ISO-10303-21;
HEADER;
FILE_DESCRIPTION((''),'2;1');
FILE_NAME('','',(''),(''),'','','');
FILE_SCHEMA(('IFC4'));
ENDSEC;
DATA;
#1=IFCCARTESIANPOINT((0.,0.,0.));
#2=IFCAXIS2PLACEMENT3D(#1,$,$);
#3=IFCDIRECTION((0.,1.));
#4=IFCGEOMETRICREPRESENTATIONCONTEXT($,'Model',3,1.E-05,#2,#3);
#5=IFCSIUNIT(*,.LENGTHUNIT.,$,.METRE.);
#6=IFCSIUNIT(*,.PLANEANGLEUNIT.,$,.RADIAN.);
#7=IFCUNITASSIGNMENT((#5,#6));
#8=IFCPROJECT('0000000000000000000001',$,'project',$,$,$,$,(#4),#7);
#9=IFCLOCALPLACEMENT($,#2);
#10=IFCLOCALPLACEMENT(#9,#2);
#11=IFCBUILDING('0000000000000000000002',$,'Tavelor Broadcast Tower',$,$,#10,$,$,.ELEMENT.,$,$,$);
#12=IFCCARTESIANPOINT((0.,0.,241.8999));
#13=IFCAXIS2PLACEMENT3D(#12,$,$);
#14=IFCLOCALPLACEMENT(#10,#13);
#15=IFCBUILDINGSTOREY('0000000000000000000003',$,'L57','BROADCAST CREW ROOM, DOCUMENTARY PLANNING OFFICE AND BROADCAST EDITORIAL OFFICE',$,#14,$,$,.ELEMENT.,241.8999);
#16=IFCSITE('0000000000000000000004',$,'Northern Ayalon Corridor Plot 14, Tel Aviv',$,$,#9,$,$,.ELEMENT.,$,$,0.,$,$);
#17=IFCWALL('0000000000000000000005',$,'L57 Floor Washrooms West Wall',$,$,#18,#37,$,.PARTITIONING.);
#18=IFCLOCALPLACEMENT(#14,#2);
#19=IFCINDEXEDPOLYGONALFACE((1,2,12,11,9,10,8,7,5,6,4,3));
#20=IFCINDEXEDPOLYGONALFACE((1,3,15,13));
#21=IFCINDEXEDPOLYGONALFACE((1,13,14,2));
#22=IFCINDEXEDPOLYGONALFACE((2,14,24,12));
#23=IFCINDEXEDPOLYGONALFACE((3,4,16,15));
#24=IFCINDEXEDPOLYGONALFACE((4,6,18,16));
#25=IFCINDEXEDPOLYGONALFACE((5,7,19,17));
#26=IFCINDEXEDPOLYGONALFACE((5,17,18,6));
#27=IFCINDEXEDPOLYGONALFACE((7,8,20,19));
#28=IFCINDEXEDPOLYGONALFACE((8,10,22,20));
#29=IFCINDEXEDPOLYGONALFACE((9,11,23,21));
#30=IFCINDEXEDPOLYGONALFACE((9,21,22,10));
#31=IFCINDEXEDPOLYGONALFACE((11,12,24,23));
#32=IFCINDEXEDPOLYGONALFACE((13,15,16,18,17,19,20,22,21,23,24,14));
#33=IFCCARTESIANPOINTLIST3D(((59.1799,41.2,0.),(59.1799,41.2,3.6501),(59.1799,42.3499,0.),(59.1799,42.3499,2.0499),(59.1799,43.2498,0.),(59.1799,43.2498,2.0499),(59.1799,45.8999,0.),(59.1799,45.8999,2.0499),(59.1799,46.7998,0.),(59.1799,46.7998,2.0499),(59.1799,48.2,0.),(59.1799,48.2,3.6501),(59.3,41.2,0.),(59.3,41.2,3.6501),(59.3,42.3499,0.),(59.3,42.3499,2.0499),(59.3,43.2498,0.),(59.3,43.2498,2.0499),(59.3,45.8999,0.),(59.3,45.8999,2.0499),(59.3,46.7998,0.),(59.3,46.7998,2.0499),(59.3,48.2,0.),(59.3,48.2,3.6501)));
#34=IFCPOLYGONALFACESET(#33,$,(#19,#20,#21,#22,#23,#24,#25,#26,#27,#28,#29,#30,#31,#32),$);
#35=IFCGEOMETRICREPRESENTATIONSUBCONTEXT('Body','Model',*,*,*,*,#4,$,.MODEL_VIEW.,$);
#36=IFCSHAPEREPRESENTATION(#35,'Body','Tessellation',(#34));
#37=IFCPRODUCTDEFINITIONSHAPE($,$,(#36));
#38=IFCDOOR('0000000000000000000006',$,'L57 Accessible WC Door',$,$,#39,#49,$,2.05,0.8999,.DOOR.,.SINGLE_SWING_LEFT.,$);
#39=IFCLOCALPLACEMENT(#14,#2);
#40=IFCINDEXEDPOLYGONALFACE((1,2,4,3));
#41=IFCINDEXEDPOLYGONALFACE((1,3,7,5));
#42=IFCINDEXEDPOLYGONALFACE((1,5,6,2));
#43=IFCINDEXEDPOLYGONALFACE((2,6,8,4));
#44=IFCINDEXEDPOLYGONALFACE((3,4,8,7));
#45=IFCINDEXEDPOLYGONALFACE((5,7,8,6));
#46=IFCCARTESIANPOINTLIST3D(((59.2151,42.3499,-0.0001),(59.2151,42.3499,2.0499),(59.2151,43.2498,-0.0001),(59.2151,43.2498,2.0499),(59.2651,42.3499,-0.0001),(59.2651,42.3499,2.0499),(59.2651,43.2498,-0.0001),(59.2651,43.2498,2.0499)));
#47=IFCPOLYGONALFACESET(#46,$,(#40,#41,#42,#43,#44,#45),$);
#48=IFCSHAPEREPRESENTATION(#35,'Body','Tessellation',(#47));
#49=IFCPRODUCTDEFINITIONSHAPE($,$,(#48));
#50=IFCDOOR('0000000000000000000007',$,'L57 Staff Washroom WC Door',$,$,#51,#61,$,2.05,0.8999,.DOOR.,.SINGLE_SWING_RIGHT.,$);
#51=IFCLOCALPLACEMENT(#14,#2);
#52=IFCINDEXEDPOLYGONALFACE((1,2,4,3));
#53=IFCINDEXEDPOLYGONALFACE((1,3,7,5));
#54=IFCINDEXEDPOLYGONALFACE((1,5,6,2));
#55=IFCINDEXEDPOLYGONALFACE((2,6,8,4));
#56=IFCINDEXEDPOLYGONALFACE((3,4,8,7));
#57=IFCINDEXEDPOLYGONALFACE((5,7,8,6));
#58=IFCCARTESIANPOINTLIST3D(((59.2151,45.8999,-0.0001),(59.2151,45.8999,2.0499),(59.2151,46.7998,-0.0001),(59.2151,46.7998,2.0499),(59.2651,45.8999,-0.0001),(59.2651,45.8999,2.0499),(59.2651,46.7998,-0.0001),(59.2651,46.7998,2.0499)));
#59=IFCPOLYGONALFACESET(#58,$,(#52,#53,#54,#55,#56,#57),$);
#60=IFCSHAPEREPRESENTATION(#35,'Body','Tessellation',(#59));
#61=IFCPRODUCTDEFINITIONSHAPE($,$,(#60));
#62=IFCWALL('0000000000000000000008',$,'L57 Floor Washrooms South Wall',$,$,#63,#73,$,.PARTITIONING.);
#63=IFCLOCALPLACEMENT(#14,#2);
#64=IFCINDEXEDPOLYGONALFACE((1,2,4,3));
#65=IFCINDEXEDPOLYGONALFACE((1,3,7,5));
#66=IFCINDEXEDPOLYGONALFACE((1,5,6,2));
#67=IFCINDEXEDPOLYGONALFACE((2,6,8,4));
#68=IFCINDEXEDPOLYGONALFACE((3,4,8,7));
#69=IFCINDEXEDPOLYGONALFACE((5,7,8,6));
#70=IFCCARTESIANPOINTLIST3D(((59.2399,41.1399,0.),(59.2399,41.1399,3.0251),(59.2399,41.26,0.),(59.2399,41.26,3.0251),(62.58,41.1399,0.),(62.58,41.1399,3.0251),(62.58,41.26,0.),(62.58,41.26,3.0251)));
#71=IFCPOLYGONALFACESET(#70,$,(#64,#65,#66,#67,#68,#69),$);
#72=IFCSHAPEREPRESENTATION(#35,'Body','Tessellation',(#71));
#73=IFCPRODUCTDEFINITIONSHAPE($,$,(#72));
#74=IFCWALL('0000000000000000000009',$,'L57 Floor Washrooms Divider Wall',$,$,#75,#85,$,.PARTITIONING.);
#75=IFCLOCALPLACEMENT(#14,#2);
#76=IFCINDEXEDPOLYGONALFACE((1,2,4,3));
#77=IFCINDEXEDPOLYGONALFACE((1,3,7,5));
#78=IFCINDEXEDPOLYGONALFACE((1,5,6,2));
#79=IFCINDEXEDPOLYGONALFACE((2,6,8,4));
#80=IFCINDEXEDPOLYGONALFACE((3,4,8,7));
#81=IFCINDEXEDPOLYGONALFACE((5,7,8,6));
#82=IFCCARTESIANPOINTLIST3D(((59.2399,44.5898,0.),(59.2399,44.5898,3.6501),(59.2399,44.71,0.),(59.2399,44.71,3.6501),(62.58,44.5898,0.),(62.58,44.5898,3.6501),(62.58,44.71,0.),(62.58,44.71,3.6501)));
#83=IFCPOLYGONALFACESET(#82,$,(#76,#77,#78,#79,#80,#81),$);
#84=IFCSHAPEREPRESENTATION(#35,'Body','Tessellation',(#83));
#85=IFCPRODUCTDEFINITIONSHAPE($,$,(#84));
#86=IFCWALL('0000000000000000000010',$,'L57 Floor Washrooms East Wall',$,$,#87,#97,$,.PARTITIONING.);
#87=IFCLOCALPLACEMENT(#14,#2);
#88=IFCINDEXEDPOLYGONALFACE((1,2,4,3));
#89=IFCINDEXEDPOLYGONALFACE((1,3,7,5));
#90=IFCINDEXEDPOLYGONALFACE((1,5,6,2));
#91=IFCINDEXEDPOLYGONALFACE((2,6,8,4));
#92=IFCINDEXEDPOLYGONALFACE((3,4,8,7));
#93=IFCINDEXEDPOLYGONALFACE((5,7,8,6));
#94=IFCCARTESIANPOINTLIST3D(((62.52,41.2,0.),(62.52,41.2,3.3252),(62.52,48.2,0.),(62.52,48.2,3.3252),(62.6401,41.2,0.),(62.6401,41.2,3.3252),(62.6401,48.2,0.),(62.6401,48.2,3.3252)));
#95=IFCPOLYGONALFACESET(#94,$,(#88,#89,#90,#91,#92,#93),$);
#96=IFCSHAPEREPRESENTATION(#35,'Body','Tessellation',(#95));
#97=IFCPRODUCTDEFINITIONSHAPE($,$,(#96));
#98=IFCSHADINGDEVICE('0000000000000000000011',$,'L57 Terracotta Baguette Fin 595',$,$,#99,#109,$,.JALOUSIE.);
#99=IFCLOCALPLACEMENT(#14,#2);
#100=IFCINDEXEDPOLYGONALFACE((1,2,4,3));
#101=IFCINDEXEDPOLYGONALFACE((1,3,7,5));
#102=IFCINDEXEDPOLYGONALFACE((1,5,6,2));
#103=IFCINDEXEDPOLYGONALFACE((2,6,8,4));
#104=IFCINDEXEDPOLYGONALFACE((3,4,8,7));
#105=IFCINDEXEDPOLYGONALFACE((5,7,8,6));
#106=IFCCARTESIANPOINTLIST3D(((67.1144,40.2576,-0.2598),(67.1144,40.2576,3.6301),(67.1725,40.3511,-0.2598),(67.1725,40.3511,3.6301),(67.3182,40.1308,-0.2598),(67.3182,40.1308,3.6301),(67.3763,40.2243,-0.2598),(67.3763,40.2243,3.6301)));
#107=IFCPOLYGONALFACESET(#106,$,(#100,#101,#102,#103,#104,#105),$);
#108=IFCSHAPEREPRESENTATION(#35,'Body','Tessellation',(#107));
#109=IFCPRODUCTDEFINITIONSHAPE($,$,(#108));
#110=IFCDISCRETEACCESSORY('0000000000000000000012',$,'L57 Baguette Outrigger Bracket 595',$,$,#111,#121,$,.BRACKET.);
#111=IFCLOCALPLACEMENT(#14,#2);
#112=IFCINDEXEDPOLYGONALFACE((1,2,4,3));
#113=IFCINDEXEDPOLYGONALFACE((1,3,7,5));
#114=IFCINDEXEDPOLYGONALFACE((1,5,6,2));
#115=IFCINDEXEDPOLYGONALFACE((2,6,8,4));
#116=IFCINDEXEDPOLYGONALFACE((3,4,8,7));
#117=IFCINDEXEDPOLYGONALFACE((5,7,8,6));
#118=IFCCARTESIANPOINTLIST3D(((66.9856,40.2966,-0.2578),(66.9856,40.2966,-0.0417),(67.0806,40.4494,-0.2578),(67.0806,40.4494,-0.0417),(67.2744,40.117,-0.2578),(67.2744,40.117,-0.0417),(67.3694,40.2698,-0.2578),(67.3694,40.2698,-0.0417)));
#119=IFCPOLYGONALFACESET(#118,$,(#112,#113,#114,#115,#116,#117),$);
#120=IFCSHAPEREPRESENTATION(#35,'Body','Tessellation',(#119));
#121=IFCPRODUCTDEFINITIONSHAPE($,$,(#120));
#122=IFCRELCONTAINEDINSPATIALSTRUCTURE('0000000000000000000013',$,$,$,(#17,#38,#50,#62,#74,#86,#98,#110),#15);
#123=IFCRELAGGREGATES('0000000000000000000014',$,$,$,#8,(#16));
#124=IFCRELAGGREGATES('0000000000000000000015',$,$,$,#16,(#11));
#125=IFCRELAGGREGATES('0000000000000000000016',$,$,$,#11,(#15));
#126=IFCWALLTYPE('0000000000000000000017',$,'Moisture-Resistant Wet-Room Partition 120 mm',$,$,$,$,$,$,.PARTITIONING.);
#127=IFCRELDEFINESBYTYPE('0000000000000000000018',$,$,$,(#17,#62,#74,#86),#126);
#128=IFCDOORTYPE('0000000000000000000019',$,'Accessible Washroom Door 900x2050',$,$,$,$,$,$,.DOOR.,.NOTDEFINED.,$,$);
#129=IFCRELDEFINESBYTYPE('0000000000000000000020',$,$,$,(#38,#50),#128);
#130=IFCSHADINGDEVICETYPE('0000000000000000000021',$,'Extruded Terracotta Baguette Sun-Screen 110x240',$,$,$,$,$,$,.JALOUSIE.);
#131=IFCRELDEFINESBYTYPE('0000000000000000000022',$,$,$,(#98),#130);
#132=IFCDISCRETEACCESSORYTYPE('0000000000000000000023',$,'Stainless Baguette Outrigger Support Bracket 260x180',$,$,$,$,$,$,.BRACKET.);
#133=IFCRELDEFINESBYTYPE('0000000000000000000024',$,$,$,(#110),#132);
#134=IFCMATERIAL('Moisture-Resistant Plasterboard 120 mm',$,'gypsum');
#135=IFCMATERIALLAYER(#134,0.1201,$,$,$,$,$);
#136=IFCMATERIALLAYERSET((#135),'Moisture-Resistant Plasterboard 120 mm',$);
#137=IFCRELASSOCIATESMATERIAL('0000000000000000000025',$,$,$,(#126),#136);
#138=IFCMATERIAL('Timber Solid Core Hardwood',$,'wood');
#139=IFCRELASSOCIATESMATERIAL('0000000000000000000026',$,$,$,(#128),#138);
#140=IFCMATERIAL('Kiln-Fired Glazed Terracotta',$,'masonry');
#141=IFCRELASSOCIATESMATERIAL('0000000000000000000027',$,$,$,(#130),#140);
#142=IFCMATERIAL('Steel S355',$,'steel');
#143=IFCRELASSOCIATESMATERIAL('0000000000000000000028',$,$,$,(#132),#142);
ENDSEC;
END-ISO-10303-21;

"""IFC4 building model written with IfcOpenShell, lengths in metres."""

from ifc_helpers import new_model, si_unit, direction, frame, frame_2d, origin, origin_2d, place, context, subcontext, project, spatial, rectangle, extrude, source, transform, mapped, material, layer, layer_set, type_object, type_shapes, element, fill, save


model = new_model("IFC4")

# Units and contexts
model_context = context("Model", 3, precision=1e-05, world=origin(), true_north=direction((0.0, 1.0)))
body_context = subcontext(model_context, "Body", "Model", "MODEL_VIEW")
ifc_project = project(units=[si_unit("LENGTHUNIT", "METRE"), si_unit("PLANEANGLEUNIT", "RADIAN")], contexts=[model_context])

# Site, building, storey
site_placement = place(None, origin())
site = spatial("IfcSite", under=ifc_project, at=site_placement, Name="Northern Ayalon Corridor Plot 14, Tel Aviv", CompositionType="ELEMENT", RefElevation=0.0)
building_placement = place(site_placement, origin())
building = spatial("IfcBuilding", under=site, at=building_placement, Name="Tavelor Broadcast Tower", CompositionType="ELEMENT")
storey_placement = place(building_placement, frame((0.0, 0.0, 241.8999)))
storey = spatial("IfcBuildingStorey", under=building, at=storey_placement, Name="L57", Description="BROADCAST CREW ROOM, DOCUMENTARY PLANNING OFFICE AND BROADCAST EDITORIAL OFFICE", CompositionType="ELEMENT", Elevation=241.8999)

# Shared definitions
ifc_material_1 = material(Name="Steel S355", Category="steel")

# Shared definitions
ifc_material_2 = material(Name="Timber Solid Core Hardwood", Category="wood")

# Wall, openings, doors
ifc_material_3 = material(Name="Moisture-Resistant Plasterboard 120 mm", Category="gypsum")
ifc_layer_1 = layer(ifc_material_3, 0.1201)
ifc_layer_set_1 = layer_set([ifc_layer_1], Name="Moisture-Resistant Plasterboard 120 mm")
wall_type_1 = type_object("IfcWallType", Name="Moisture-Resistant Wet-Room Partition 120 mm", PredefinedType="PARTITIONING", material=ifc_layer_set_1)
wall_1_placement = place(storey_placement, frame((59.24, 41.2, 0.0), z_axis=(0.0, 0.0, 1.0), x_axis=(0.0, 1.0, 0.0)))
wall_1 = element("IfcWall", 1, at=wall_1_placement, inside=storey, type_object=wall_type_1, Name="L57 Floor Washrooms West Wall", PredefinedType="PARTITIONING", context=body_context, shape_type="SweptSolid", body=[
    extrude(rectangle(XDim=7.0, YDim=0.1201, at=frame_2d((3.5, 0.0))), origin(), (0.0, 0.0, 1.0), 3.6501),
])
opening_1_placement = place(wall_1_placement, frame((1.1499, 0.0, 0.0)))
opening_1 = element("IfcOpeningElement", 2, at=opening_1_placement, cuts=wall_1, PredefinedType="OPENING", context=body_context, shape_type="SweptSolid", body=[
    extrude(rectangle(XDim=0.8999, YDim=2.05, at=frame_2d((0.45, 1.0249))), frame((0.0, 0.0701, 0.0), z_axis=(0.0, -1.0, 0.0), x_axis=(1.0, 0.0, 0.0)), (0.0, 0.0, 1.0), 0.1401),
])
opening_2_placement = place(wall_1_placement, frame((4.7, 0.0, 0.0)))
opening_2 = element("IfcOpeningElement", 3, at=opening_2_placement, cuts=wall_1, PredefinedType="OPENING", context=body_context, shape_type="SweptSolid", body=[
    extrude(rectangle(XDim=0.8999, YDim=2.05, at=frame_2d((0.45, 1.0249))), frame((0.0, 0.0701, 0.0), z_axis=(0.0, -1.0, 0.0), x_axis=(1.0, 0.0, 0.0)), (0.0, 0.0, 1.0), 0.1401),
])
door_type_1 = type_object("IfcDoorType", Name="Accessible Washroom Door 900x2050", OperationType="NOTDEFINED", PredefinedType="DOOR", material=ifc_material_2)
door_1_placement = place(opening_1_placement, origin())
door_1 = element("IfcDoor", 4, at=door_1_placement, inside=storey, type_object=door_type_1, Name="L57 Accessible WC Door", OperationType="SINGLE_SWING_LEFT", OverallHeight=2.05, OverallWidth=0.8999, PredefinedType="DOOR", context=body_context, shape_type="SweptSolid", body=[
    extrude(rectangle(XDim=0.8999, YDim=2.05, at=frame_2d((0.45, 1.0249))), frame((0.0, 0.0249, 0.0), z_axis=(0.0, -1.0, 0.0), x_axis=(1.0, 0.0, 0.0)), (0.0, 0.0, 1.0), 0.05),
])
fill(opening_1, door_1)
door_2_placement = place(opening_2_placement, origin())
door_2 = element("IfcDoor", 5, at=door_2_placement, inside=storey, type_object=door_type_1, Name="L57 Staff Washroom WC Door", OperationType="SINGLE_SWING_RIGHT", OverallHeight=2.05, OverallWidth=0.8999, PredefinedType="DOOR", context=body_context, shape_type="SweptSolid", body=[
    extrude(rectangle(XDim=0.8999, YDim=2.05, at=frame_2d((0.45, 1.0249))), frame((0.0, 0.0249, 0.0), z_axis=(0.0, -1.0, 0.0), x_axis=(1.0, 0.0, 0.0)), (0.0, 0.0, 1.0), 0.05),
])
fill(opening_2, door_2)

# Walls
wall_2_placement = place(storey_placement, frame((59.24, 41.2, 0.0), z_axis=(0.0, 0.0, 1.0), x_axis=(1.0, 0.0, 0.0)))
element("IfcWall", 6, at=wall_2_placement, inside=storey, type_object=wall_type_1, Name="L57 Floor Washrooms South Wall", PredefinedType="PARTITIONING", context=body_context, shape_type="SweptSolid", body=[
    extrude(rectangle(XDim=3.3401, YDim=0.1201, at=frame_2d((1.6699, 0.0))), origin(), (0.0, 0.0, 1.0), 3.0251),
])
wall_3_placement = place(storey_placement, frame((59.24, 44.6499, 0.0), z_axis=(0.0, 0.0, 1.0), x_axis=(1.0, 0.0, 0.0)))
element("IfcWall", 7, at=wall_3_placement, inside=storey, type_object=wall_type_1, Name="L57 Floor Washrooms Divider Wall", PredefinedType="PARTITIONING", context=body_context, shape_type="SweptSolid", body=[
    extrude(rectangle(XDim=3.3401, YDim=0.1201, at=frame_2d((1.6699, 0.0))), origin(), (0.0, 0.0, 1.0), 3.6501),
])
wall_4_placement = place(storey_placement, frame((62.5801, 41.2, 0.0), z_axis=(0.0, 0.0, 1.0), x_axis=(0.0, 1.0, 0.0)))
element("IfcWall", 8, at=wall_4_placement, inside=storey, type_object=wall_type_1, Name="L57 Floor Washrooms East Wall", PredefinedType="PARTITIONING", context=body_context, shape_type="SweptSolid", body=[
    extrude(rectangle(XDim=7.0, YDim=0.1201, at=frame_2d((3.5, 0.0))), origin(), (0.0, 0.0, 1.0), 3.3252),
])

# Shading device
ifc_material_4 = material(Name="Kiln-Fired Glazed Terracotta", Category="masonry")
shading_device_type = type_object("IfcShadingDeviceType", Name="Extruded Terracotta Baguette Sun-Screen 110x240", PredefinedType="JALOUSIE", material=ifc_material_4)
shared_shape_1 = source(origin(), body_context, "Body", "SweptSolid", [
    extrude(rectangle(XDim=0.1101, YDim=0.24, at=origin_2d()), origin(), (0.0, 0.0, 1.0), 3.8899),
])
type_shapes(shading_device_type, [shared_shape_1])
shading_device_placement = place(storey_placement, frame((67.2454, 40.241, -0.2598), z_axis=(0.0, 0.0, 1.0), x_axis=(0.528142, 0.849156, 0.0)))
element("IfcShadingDevice", 9, at=shading_device_placement, inside=storey, type_object=shading_device_type, Name="L57 Terracotta Baguette Fin 595", PredefinedType="JALOUSIE", context=body_context, shape_type="MappedRepresentation", body=[
    mapped(shared_shape_1, transform((0.0, 0.0, 0.0), scale=1.0)),
])

# Discrete accessory
discrete_accessory_type = type_object("IfcDiscreteAccessoryType", Name="Stainless Baguette Outrigger Support Bracket 260x180", PredefinedType="BRACKET", material=ifc_material_1)
shared_shape_2 = source(origin(), body_context, "Body", "SweptSolid", [
    extrude(rectangle(XDim=0.1799, YDim=0.3401, at=origin_2d()), origin(), (0.0, 0.0, 1.0), 0.2161),
])
type_shapes(discrete_accessory_type, [shared_shape_2])
discrete_accessory_placement = place(storey_placement, frame((67.1775, 40.2832, -0.2578), z_axis=(0.0, 0.0, 1.0), x_axis=(0.528142, 0.849156, 0.0)))
element("IfcDiscreteAccessory", 10, at=discrete_accessory_placement, inside=storey, type_object=discrete_accessory_type, Name="L57 Baguette Outrigger Bracket 595", PredefinedType="BRACKET", context=body_context, shape_type="MappedRepresentation", body=[
    mapped(shared_shape_2, transform((0.0, 0.0, 0.0), scale=1.0)),
])

save(model, "model.ifc")
